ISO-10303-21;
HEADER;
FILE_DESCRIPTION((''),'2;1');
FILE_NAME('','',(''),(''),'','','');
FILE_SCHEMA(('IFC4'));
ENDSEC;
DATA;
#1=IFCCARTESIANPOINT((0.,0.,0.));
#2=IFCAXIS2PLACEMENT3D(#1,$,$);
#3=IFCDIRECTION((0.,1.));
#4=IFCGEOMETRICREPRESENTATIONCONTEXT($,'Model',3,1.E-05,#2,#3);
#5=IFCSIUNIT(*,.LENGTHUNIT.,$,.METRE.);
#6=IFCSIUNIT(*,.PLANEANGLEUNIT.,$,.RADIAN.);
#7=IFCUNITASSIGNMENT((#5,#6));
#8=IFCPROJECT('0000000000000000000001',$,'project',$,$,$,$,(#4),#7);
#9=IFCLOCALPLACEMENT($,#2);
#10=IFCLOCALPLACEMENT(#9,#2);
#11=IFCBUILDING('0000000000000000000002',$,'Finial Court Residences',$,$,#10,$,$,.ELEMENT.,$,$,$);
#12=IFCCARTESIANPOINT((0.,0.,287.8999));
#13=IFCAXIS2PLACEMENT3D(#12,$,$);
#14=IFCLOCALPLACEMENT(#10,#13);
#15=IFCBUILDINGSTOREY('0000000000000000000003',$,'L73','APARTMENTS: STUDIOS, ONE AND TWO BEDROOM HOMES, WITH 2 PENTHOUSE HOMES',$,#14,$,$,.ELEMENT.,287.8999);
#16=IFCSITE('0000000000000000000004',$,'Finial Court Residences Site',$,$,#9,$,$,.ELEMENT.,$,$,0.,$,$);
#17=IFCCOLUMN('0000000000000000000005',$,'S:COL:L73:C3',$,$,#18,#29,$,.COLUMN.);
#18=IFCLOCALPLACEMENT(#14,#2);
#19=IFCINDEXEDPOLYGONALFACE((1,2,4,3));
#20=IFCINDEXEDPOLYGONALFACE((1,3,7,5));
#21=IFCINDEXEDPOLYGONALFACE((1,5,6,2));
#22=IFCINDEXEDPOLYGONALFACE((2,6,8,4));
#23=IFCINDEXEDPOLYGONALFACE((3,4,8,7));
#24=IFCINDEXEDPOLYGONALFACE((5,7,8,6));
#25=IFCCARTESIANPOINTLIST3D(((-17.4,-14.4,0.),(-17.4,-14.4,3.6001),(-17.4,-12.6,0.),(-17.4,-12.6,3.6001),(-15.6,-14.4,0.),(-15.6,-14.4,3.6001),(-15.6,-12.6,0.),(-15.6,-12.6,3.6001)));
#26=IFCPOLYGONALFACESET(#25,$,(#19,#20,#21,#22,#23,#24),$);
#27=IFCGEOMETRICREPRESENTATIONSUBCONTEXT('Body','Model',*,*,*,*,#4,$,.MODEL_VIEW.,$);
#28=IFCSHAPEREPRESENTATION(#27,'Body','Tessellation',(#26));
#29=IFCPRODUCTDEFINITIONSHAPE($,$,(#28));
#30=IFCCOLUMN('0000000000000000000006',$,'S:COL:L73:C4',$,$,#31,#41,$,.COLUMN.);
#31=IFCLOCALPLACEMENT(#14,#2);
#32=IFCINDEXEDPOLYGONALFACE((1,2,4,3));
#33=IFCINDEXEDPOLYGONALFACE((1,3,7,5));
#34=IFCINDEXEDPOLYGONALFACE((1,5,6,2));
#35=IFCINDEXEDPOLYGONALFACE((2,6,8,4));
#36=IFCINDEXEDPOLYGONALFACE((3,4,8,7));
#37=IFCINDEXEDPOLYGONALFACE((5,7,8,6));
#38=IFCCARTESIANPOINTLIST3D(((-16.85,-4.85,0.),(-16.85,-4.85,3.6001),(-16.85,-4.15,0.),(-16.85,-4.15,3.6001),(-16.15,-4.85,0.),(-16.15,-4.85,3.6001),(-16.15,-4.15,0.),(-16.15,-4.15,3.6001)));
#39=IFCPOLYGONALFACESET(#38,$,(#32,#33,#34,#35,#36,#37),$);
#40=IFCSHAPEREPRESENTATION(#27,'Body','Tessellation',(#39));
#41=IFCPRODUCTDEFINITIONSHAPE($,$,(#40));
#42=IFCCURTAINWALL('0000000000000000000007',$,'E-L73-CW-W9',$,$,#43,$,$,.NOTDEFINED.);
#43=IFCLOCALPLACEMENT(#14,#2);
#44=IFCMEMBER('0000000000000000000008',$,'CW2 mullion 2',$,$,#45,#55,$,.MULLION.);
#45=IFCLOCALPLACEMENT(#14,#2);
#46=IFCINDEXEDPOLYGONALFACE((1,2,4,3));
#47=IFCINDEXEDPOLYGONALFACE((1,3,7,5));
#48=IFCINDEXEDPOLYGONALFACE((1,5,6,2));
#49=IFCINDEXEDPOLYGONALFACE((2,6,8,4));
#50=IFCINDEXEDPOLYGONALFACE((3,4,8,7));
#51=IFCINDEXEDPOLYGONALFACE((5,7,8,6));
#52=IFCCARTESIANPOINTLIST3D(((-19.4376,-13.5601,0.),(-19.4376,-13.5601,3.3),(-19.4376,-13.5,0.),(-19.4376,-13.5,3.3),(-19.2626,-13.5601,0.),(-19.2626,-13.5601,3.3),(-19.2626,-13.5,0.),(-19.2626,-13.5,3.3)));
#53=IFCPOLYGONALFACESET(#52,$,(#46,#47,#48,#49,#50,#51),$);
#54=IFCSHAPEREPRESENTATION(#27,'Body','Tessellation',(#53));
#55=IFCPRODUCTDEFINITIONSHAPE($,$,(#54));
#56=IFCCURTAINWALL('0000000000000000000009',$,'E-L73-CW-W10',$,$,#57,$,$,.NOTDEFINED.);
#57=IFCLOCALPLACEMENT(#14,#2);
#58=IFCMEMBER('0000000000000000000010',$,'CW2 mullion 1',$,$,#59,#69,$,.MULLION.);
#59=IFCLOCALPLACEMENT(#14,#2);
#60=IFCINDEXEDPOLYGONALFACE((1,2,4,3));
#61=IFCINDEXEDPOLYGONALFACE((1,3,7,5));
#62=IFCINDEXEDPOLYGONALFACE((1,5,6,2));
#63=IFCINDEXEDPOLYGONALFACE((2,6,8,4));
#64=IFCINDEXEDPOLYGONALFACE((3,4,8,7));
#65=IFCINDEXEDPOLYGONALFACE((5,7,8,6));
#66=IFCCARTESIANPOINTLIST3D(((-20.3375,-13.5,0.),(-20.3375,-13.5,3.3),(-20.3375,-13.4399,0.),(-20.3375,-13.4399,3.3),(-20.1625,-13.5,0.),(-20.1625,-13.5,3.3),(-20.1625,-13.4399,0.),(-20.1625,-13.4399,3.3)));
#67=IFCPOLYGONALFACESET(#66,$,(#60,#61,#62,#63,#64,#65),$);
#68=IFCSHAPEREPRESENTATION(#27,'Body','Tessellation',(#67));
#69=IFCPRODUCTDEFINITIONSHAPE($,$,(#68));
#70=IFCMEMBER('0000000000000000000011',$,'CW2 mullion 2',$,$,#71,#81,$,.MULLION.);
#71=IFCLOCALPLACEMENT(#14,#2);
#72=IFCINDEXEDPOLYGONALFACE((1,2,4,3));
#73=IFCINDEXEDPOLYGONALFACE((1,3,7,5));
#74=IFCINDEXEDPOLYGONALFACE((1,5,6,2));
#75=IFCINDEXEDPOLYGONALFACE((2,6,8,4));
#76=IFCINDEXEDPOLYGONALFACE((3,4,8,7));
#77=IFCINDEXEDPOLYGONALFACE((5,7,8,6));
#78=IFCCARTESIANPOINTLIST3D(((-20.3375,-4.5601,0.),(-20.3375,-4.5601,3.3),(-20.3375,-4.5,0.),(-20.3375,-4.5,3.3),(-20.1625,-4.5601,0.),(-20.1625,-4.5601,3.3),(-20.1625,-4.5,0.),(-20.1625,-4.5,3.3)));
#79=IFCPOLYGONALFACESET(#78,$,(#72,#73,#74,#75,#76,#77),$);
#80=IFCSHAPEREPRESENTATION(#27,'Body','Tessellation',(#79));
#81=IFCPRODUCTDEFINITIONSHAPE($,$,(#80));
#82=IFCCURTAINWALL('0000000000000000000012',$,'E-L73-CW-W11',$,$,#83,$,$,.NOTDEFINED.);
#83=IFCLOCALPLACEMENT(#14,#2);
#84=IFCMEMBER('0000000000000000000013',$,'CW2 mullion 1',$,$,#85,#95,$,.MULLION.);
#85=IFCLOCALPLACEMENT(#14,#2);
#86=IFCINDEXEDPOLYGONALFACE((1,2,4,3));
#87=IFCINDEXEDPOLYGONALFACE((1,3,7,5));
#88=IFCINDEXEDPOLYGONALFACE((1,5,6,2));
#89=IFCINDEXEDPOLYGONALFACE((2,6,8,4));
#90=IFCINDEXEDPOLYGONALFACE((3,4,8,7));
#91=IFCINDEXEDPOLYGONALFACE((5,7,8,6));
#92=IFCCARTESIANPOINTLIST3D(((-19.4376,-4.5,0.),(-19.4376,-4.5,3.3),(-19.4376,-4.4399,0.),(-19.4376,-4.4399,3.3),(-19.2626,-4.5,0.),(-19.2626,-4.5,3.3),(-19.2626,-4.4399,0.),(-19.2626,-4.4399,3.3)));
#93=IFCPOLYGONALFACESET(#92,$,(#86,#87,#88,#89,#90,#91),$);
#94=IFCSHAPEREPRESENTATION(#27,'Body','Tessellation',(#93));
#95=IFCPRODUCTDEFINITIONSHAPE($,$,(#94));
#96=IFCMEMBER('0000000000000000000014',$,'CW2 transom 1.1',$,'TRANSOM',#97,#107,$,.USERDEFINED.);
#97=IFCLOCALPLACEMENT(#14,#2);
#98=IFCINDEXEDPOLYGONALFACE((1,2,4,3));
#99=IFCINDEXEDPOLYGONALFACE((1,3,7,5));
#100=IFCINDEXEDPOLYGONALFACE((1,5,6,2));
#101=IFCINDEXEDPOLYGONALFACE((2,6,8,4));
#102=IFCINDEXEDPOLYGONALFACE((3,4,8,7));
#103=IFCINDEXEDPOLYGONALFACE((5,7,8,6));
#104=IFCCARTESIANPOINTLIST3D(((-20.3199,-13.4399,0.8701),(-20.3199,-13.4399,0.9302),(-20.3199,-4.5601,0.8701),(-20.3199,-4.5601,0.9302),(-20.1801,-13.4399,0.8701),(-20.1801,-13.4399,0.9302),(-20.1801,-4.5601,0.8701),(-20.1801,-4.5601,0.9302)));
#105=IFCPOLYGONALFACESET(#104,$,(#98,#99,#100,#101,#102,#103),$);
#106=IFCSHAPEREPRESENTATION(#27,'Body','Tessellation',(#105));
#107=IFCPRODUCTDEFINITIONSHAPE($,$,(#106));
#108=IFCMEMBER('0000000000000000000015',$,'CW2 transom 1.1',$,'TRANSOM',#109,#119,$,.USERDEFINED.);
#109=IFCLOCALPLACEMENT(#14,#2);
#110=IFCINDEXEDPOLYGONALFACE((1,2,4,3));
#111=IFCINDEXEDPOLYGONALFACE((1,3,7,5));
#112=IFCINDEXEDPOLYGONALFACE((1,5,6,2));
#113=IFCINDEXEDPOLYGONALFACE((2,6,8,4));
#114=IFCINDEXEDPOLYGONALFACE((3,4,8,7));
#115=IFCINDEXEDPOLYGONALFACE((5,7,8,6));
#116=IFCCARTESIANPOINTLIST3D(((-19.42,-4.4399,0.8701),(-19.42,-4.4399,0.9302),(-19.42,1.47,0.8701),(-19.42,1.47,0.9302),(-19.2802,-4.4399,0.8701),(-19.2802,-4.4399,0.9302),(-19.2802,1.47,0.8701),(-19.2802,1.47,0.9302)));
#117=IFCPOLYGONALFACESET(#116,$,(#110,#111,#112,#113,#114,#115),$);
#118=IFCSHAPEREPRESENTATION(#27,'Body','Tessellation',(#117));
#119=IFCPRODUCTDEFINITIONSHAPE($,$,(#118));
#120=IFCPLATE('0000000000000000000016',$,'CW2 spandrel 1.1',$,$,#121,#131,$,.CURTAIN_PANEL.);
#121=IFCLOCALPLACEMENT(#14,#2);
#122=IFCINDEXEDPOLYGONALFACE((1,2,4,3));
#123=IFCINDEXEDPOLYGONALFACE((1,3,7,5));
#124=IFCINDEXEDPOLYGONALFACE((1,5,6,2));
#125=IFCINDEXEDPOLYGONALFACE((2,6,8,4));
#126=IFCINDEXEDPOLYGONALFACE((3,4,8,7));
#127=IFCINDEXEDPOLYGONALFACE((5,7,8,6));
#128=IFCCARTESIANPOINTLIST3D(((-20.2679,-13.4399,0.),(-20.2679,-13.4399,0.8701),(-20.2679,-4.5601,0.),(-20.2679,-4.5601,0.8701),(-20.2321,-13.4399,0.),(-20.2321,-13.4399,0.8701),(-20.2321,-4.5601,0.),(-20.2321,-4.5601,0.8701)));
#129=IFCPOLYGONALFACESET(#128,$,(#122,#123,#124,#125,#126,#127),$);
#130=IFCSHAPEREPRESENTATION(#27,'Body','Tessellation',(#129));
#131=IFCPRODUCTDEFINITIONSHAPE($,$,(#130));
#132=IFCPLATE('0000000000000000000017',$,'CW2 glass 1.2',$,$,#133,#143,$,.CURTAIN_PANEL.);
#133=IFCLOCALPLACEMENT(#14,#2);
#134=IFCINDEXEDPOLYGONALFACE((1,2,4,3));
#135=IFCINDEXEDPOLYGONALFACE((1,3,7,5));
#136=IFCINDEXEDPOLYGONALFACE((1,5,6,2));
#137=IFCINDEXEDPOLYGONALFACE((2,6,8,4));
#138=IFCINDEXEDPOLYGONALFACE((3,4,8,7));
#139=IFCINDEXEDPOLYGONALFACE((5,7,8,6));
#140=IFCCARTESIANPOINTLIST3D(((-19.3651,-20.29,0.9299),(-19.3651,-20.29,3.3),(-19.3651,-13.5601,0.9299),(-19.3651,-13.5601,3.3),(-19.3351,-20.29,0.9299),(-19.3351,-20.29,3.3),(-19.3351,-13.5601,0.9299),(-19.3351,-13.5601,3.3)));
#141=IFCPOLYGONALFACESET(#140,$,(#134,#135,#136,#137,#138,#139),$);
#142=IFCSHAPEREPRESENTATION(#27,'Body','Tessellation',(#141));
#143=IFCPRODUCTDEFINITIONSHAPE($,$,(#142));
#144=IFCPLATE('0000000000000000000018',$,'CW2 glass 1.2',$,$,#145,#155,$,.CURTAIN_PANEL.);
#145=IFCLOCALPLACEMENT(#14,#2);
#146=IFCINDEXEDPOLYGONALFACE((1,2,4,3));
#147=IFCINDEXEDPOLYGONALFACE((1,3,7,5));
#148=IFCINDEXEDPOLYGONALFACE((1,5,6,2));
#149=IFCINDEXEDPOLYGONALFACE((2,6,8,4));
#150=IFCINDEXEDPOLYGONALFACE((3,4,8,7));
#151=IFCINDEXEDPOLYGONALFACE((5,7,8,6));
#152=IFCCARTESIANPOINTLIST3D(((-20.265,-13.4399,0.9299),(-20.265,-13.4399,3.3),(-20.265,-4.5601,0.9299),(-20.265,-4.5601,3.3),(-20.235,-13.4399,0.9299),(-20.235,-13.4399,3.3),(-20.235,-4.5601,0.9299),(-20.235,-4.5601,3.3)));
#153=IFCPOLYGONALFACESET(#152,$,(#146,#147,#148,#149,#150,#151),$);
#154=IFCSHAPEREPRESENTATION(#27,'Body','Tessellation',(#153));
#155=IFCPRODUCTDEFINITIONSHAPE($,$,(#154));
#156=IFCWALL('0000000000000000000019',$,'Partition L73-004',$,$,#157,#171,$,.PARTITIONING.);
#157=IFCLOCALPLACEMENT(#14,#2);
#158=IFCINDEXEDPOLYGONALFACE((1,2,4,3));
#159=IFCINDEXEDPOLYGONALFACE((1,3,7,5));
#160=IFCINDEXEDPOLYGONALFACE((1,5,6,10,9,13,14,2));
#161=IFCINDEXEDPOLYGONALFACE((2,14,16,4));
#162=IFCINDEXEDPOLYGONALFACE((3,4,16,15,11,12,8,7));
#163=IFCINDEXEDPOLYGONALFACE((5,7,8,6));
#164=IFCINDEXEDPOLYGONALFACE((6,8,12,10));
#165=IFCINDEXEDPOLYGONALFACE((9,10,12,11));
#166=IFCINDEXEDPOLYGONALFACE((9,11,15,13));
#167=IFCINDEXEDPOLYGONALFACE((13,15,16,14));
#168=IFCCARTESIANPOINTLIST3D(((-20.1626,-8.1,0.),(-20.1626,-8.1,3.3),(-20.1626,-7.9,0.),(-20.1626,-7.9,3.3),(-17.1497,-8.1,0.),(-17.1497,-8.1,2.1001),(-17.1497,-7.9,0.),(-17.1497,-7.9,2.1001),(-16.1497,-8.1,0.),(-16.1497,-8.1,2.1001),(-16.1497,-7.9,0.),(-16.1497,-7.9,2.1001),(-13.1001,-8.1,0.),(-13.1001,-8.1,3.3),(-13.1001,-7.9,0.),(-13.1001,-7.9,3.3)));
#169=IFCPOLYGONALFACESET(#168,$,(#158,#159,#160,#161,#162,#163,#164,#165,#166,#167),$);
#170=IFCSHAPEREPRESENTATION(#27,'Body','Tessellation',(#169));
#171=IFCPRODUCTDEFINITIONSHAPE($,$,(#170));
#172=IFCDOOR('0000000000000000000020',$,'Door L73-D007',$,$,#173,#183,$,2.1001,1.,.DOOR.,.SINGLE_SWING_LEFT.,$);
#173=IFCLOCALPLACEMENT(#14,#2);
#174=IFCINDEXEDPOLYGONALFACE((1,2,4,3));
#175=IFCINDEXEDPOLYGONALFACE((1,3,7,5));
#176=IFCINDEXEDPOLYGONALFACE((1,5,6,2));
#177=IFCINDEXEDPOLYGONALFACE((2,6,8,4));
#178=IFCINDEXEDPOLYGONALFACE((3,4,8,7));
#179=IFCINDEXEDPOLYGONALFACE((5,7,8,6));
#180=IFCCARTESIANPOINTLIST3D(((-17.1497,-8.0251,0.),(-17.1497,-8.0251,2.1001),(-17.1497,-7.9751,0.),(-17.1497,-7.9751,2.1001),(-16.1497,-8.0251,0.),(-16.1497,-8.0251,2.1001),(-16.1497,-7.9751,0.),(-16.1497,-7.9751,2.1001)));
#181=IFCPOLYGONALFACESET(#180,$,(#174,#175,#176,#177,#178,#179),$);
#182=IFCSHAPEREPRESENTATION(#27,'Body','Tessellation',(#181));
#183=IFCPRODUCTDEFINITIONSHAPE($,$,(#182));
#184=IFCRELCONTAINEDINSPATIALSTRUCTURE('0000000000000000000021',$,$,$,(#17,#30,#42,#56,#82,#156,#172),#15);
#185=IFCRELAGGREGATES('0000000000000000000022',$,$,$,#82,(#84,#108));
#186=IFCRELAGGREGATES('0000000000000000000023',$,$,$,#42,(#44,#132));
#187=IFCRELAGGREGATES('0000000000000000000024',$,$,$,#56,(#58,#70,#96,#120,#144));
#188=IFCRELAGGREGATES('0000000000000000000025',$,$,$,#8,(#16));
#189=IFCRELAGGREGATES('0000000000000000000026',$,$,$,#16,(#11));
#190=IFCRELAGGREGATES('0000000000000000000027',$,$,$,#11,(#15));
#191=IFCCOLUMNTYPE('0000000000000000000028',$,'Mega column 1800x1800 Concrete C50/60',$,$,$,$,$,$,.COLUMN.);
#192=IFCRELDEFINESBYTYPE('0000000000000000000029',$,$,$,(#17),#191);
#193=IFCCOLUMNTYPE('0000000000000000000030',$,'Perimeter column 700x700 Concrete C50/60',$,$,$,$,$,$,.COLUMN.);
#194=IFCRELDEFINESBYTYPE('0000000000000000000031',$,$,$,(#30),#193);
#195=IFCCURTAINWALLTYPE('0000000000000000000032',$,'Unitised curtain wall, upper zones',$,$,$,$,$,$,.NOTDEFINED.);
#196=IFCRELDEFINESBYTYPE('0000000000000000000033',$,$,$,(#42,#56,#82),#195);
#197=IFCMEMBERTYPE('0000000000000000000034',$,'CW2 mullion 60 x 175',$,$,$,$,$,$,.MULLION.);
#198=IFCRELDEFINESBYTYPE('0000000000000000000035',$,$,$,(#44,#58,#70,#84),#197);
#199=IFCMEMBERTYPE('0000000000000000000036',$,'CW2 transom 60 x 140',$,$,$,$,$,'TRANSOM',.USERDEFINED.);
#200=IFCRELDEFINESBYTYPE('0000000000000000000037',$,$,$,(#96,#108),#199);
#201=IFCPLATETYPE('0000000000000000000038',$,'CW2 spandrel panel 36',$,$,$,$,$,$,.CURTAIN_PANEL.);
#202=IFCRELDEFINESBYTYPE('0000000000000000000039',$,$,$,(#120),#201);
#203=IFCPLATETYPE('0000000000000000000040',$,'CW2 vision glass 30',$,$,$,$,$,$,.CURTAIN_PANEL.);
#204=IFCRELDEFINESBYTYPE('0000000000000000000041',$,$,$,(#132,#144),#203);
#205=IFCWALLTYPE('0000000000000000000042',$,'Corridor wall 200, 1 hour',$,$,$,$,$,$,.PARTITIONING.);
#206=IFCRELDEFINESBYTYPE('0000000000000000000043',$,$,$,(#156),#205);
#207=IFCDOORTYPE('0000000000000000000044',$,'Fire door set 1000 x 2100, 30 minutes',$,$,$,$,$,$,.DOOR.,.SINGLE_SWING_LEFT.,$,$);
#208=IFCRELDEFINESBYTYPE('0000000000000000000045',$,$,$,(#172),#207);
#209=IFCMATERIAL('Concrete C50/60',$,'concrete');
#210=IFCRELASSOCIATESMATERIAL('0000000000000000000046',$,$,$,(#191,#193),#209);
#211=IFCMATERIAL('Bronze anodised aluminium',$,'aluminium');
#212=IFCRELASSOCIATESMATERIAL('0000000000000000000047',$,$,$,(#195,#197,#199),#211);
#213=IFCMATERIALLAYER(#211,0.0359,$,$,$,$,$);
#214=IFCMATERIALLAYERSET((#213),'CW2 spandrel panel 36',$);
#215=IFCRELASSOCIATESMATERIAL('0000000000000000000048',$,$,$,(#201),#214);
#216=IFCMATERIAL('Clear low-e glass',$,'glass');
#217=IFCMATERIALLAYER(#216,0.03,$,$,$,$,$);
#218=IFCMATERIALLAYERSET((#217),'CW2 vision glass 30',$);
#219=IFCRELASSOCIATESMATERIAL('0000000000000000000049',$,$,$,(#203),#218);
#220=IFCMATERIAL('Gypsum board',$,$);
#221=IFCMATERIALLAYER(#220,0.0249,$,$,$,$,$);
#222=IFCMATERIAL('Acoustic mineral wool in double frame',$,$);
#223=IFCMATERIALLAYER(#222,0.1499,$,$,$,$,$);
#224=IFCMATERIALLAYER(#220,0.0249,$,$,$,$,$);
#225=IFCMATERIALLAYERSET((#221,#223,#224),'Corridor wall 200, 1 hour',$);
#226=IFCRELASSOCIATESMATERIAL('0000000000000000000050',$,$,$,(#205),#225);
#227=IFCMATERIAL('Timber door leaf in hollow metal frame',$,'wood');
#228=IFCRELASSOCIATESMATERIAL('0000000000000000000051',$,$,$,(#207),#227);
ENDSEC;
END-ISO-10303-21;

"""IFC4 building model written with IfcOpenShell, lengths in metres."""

from ifc_helpers import new_model, si_unit, direction, frame, frame_2d, origin, origin_2d, place, context, subcontext, project, spatial, rectangle, extrude, material, layer, layer_set, material_profile, profile_set, type_object, element, fill, aggregate, save


model = new_model("IFC4")

# Units and contexts
model_context = context("Model", 3, precision=1e-05, world=origin(), true_north=direction((0.0, 1.0)))
body_context = subcontext(model_context, "Body", "Model", "MODEL_VIEW")
ifc_project = project(units=[si_unit("LENGTHUNIT", "METRE"), si_unit("PLANEANGLEUNIT", "RADIAN")], contexts=[model_context])

# Site, building, storey
site_placement = place(None, origin())
site = spatial("IfcSite", under=ifc_project, at=site_placement, Name="Finial Court Residences Site", CompositionType="ELEMENT", RefElevation=0.0)
building_placement = place(site_placement, origin())
building = spatial("IfcBuilding", under=site, at=building_placement, Name="Finial Court Residences", CompositionType="ELEMENT")
storey_placement = place(building_placement, frame((0.0, 0.0, 287.8999)))
storey = spatial("IfcBuildingStorey", under=building, at=storey_placement, Name="L73", Description="APARTMENTS: STUDIOS, ONE AND TWO BEDROOM HOMES, WITH 2 PENTHOUSE HOMES", CompositionType="ELEMENT", Elevation=287.8999)

# Columns
ifc_material_1 = material(Name="Concrete C50/60", Category="concrete")
ifc_material_profile_1 = material_profile(ifc_material_1, rectangle(XDim=1.8, YDim=1.8, at=origin_2d()), Name="1800x1800")
ifc_profile_set_1 = profile_set([ifc_material_profile_1], Name="Concrete C50/60")
column_type_1 = type_object("IfcColumnType", Name="Mega column 1800x1800 Concrete C50/60", PredefinedType="COLUMN", material=ifc_profile_set_1)
column_1_placement = place(storey_placement, frame((-16.5, -13.5, 0.0), z_axis=(0.0, 0.0, 1.0), x_axis=(1.0, 0.0, 0.0)))
element("IfcColumn", 1, at=column_1_placement, inside=storey, type_object=column_type_1, Name="S:COL:L73:C3", PredefinedType="COLUMN", context=body_context, shape_type="SweptSolid", body=[
    extrude(rectangle(XDim=1.8, YDim=1.8, at=origin_2d()), origin(), (0.0, 0.0, 1.0), 3.6001),
])
ifc_material_profile_2 = material_profile(ifc_material_1, rectangle(XDim=0.7, YDim=0.7, at=origin_2d()), Name="700x700")
ifc_profile_set_2 = profile_set([ifc_material_profile_2], Name="Concrete C50/60")
column_type_2 = type_object("IfcColumnType", Name="Perimeter column 700x700 Concrete C50/60", PredefinedType="COLUMN", material=ifc_profile_set_2)
column_2_placement = place(storey_placement, frame((-16.5, -4.5, 0.0), z_axis=(0.0, 0.0, 1.0), x_axis=(1.0, 0.0, 0.0)))
element("IfcColumn", 2, at=column_2_placement, inside=storey, type_object=column_type_2, Name="S:COL:L73:C4", PredefinedType="COLUMN", context=body_context, shape_type="SweptSolid", body=[
    extrude(rectangle(XDim=0.7, YDim=0.7, at=origin_2d()), origin(), (0.0, 0.0, 1.0), 3.6001),
])

# Curtain wall, member
ifc_material_2 = material(Name="Bronze anodised aluminium", Category="aluminium")
curtain_wall_type = type_object("IfcCurtainWallType", Name="Unitised curtain wall, upper zones", PredefinedType="NOTDEFINED", material=ifc_material_2)
curtain_wall_1_placement = place(storey_placement, origin())
curtain_wall_1 = element("IfcCurtainWall", 3, at=curtain_wall_1_placement, inside=storey, type_object=curtain_wall_type, Name="E-L73-CW-W9", PredefinedType="NOTDEFINED")
ifc_material_profile_3 = material_profile(ifc_material_2, rectangle(XDim=0.175, YDim=0.0601, at=origin_2d()), Name="CW2 mullion 60 x 175")
ifc_profile_set_3 = profile_set([ifc_material_profile_3], Name="Bronze anodised aluminium")
member_type_1 = type_object("IfcMemberType", Name="CW2 mullion 60 x 175", PredefinedType="MULLION", material=ifc_profile_set_3)
member_1_placement = place(storey_placement, frame((-19.3501, -13.53, 0.0), z_axis=(0.0, 0.0, 1.0), x_axis=(-1.0, 0.0, 0.0)))
member_1 = element("IfcMember", 4, at=member_1_placement, type_object=member_type_1, Name="CW2 mullion 2", PredefinedType="MULLION", context=body_context, shape_type="SweptSolid", body=[
    extrude(rectangle(XDim=0.175, YDim=0.0601, at=origin_2d()), origin(), (0.0, 0.0, 1.0), 3.3),
])

# Curtain wall, members
curtain_wall_2_placement = place(storey_placement, origin())
curtain_wall_2 = element("IfcCurtainWall", 5, at=curtain_wall_2_placement, inside=storey, type_object=curtain_wall_type, Name="E-L73-CW-W10", PredefinedType="NOTDEFINED")
member_2_placement = place(storey_placement, frame((-20.25, -13.47, 0.0), z_axis=(0.0, 0.0, 1.0), x_axis=(-1.0, 0.0, 0.0)))
member_2 = element("IfcMember", 6, at=member_2_placement, type_object=member_type_1, Name="CW2 mullion 1", PredefinedType="MULLION", context=body_context, shape_type="SweptSolid", body=[
    extrude(rectangle(XDim=0.175, YDim=0.0601, at=origin_2d()), origin(), (0.0, 0.0, 1.0), 3.3),
])
member_3_placement = place(storey_placement, frame((-20.25, -4.53, 0.0), z_axis=(0.0, 0.0, 1.0), x_axis=(-1.0, 0.0, 0.0)))
member_3 = element("IfcMember", 7, at=member_3_placement, type_object=member_type_1, Name="CW2 mullion 2", PredefinedType="MULLION", context=body_context, shape_type="SweptSolid", body=[
    extrude(rectangle(XDim=0.175, YDim=0.0601, at=origin_2d()), origin(), (0.0, 0.0, 1.0), 3.3),
])

# Curtain wall, member
curtain_wall_3_placement = place(storey_placement, origin())
curtain_wall_3 = element("IfcCurtainWall", 8, at=curtain_wall_3_placement, inside=storey, type_object=curtain_wall_type, Name="E-L73-CW-W11", PredefinedType="NOTDEFINED")
member_4_placement = place(storey_placement, frame((-19.3501, -4.47, 0.0), z_axis=(0.0, 0.0, 1.0), x_axis=(-1.0, 0.0, 0.0)))
member_4 = element("IfcMember", 9, at=member_4_placement, type_object=member_type_1, Name="CW2 mullion 1", PredefinedType="MULLION", context=body_context, shape_type="SweptSolid", body=[
    extrude(rectangle(XDim=0.175, YDim=0.0601, at=origin_2d()), origin(), (0.0, 0.0, 1.0), 3.3),
])

# Members
ifc_material_profile_4 = material_profile(ifc_material_2, rectangle(XDim=0.1399, YDim=0.0601, at=origin_2d()), Name="CW2 transom 60 x 140")
ifc_profile_set_4 = profile_set([ifc_material_profile_4], Name="Bronze anodised aluminium")
member_type_2 = type_object("IfcMemberType", Name="CW2 transom 60 x 140", ElementType="TRANSOM", PredefinedType="USERDEFINED", material=ifc_profile_set_4)
member_5_placement = place(storey_placement, frame((-20.25, -13.4399, 0.9001), z_axis=(0.0, 1.0, 0.0), x_axis=(-1.0, 0.0, 0.0)))
member_5 = element("IfcMember", 10, at=member_5_placement, type_object=member_type_2, Name="CW2 transom 1.1", ObjectType="TRANSOM", PredefinedType="USERDEFINED", context=body_context, shape_type="SweptSolid", body=[
    extrude(rectangle(XDim=0.1399, YDim=0.0601, at=origin_2d()), origin(), (0.0, 0.0, 1.0), 8.8799),
])
member_6_placement = place(storey_placement, frame((-19.3501, -4.4399, 0.9001), z_axis=(0.0, 1.0, 0.0), x_axis=(-1.0, 0.0, 0.0)))
member_6 = element("IfcMember", 11, at=member_6_placement, type_object=member_type_2, Name="CW2 transom 1.1", ObjectType="TRANSOM", PredefinedType="USERDEFINED", context=body_context, shape_type="SweptSolid", body=[
    extrude(rectangle(XDim=0.1399, YDim=0.0601, at=origin_2d()), origin(), (0.0, 0.0, 1.0), 5.9099),
])
aggregate(curtain_wall_3, [member_4, member_6])

# Plates
ifc_layer_1 = layer(ifc_material_2, 0.0359)
ifc_layer_set_1 = layer_set([ifc_layer_1], Name="CW2 spandrel panel 36")
plate_type_1 = type_object("IfcPlateType", Name="CW2 spandrel panel 36", PredefinedType="CURTAIN_PANEL", material=ifc_layer_set_1)
plate_1_placement = place(storey_placement, frame((-20.25, -9.0, 0.0), z_axis=(0.0, 0.0, 1.0), x_axis=(0.0, 1.0, 0.0)))
plate_1 = element("IfcPlate", 12, at=plate_1_placement, type_object=plate_type_1, Name="CW2 spandrel 1.1", PredefinedType="CURTAIN_PANEL", context=body_context, shape_type="SweptSolid", body=[
    extrude(rectangle(XDim=8.8799, YDim=0.0359, at=origin_2d()), origin(), (0.0, 0.0, 1.0), 0.8701),
])
ifc_material_3 = material(Name="Clear low-e glass", Category="glass")
ifc_layer_2 = layer(ifc_material_3, 0.03)
ifc_layer_set_2 = layer_set([ifc_layer_2], Name="CW2 vision glass 30")
plate_type_2 = type_object("IfcPlateType", Name="CW2 vision glass 30", PredefinedType="CURTAIN_PANEL", material=ifc_layer_set_2)
plate_2_placement = place(storey_placement, frame((-19.3501, -16.925, 0.9299), z_axis=(0.0, 0.0, 1.0), x_axis=(0.0, 1.0, 0.0)))
plate_2 = element("IfcPlate", 13, at=plate_2_placement, type_object=plate_type_2, Name="CW2 glass 1.2", PredefinedType="CURTAIN_PANEL", context=body_context, shape_type="SweptSolid", body=[
    extrude(rectangle(XDim=6.73, YDim=0.03, at=origin_2d()), origin(), (0.0, 0.0, 1.0), 2.3701),
])
aggregate(curtain_wall_1, [member_1, plate_2])
plate_3_placement = place(storey_placement, frame((-20.25, -9.0, 0.9299), z_axis=(0.0, 0.0, 1.0), x_axis=(0.0, 1.0, 0.0)))
plate_3 = element("IfcPlate", 14, at=plate_3_placement, type_object=plate_type_2, Name="CW2 glass 1.2", PredefinedType="CURTAIN_PANEL", context=body_context, shape_type="SweptSolid", body=[
    extrude(rectangle(XDim=8.8799, YDim=0.03, at=origin_2d()), origin(), (0.0, 0.0, 1.0), 2.3701),
])
aggregate(curtain_wall_2, [member_2, member_3, member_5, plate_1, plate_3])

# Wall, opening, door
ifc_material_4 = material(Name="Gypsum board")
ifc_layer_3 = layer(ifc_material_4, 0.0249)
ifc_material_5 = material(Name="Acoustic mineral wool in double frame")
ifc_layer_4 = layer(ifc_material_5, 0.1499)
ifc_layer_5 = layer(ifc_material_4, 0.0249)
ifc_layer_set_3 = layer_set([ifc_layer_3, ifc_layer_4, ifc_layer_5], Name="Corridor wall 200, 1 hour")
wall_type_1 = type_object("IfcWallType", Name="Corridor wall 200, 1 hour", PredefinedType="PARTITIONING", material=ifc_layer_set_3)
wall_1_placement = place(storey_placement, frame((-20.1626, -8.0, 0.0), z_axis=(0.0, 0.0, 1.0), x_axis=(1.0, 0.0, 0.0)))
wall_1 = element("IfcWall", 15, at=wall_1_placement, inside=storey, type_object=wall_type_1, Name="Partition L73-004", PredefinedType="PARTITIONING", context=body_context, shape_type="SweptSolid", body=[
    extrude(rectangle(XDim=7.0625, YDim=0.2, at=frame_2d((3.5312, 0.0))), origin(), (0.0, 0.0, 1.0), 3.3),
])
opening_1_placement = place(wall_1_placement, frame((3.0129, 0.0, 0.0)))
opening_1 = element("IfcOpeningElement", 16, at=opening_1_placement, cuts=wall_1, PredefinedType="OPENING", context=body_context, shape_type="SweptSolid", body=[
    extrude(rectangle(XDim=1.0, YDim=2.1001, at=frame_2d((0.5, 1.05))), frame((0.0, 0.1099, 0.0), z_axis=(0.0, -1.0, 0.0), x_axis=(1.0, 0.0, 0.0)), (0.0, 0.0, 1.0), 0.22),
])
ifc_material_6 = material(Name="Timber door leaf in hollow metal frame", Category="wood")
door_type_1 = type_object("IfcDoorType", Name="Fire door set 1000 x 2100, 30 minutes", OperationType="SINGLE_SWING_LEFT", PredefinedType="DOOR", material=ifc_material_6)
door_1_placement = place(opening_1_placement, origin())
door_1 = element("IfcDoor", 17, at=door_1_placement, inside=storey, type_object=door_type_1, Name="Door L73-D007", OperationType="SINGLE_SWING_LEFT", OverallHeight=2.1001, OverallWidth=1.0, PredefinedType="DOOR", context=body_context, shape_type="SweptSolid", body=[
    extrude(rectangle(XDim=1.0, YDim=2.1001, at=frame_2d((0.5, 1.05))), frame((0.0, 0.0249, 0.0), z_axis=(0.0, -1.0, 0.0), x_axis=(1.0, 0.0, 0.0)), (0.0, 0.0, 1.0), 0.05),
])
fill(opening_1, door_1)

save(model, "model.ifc")
